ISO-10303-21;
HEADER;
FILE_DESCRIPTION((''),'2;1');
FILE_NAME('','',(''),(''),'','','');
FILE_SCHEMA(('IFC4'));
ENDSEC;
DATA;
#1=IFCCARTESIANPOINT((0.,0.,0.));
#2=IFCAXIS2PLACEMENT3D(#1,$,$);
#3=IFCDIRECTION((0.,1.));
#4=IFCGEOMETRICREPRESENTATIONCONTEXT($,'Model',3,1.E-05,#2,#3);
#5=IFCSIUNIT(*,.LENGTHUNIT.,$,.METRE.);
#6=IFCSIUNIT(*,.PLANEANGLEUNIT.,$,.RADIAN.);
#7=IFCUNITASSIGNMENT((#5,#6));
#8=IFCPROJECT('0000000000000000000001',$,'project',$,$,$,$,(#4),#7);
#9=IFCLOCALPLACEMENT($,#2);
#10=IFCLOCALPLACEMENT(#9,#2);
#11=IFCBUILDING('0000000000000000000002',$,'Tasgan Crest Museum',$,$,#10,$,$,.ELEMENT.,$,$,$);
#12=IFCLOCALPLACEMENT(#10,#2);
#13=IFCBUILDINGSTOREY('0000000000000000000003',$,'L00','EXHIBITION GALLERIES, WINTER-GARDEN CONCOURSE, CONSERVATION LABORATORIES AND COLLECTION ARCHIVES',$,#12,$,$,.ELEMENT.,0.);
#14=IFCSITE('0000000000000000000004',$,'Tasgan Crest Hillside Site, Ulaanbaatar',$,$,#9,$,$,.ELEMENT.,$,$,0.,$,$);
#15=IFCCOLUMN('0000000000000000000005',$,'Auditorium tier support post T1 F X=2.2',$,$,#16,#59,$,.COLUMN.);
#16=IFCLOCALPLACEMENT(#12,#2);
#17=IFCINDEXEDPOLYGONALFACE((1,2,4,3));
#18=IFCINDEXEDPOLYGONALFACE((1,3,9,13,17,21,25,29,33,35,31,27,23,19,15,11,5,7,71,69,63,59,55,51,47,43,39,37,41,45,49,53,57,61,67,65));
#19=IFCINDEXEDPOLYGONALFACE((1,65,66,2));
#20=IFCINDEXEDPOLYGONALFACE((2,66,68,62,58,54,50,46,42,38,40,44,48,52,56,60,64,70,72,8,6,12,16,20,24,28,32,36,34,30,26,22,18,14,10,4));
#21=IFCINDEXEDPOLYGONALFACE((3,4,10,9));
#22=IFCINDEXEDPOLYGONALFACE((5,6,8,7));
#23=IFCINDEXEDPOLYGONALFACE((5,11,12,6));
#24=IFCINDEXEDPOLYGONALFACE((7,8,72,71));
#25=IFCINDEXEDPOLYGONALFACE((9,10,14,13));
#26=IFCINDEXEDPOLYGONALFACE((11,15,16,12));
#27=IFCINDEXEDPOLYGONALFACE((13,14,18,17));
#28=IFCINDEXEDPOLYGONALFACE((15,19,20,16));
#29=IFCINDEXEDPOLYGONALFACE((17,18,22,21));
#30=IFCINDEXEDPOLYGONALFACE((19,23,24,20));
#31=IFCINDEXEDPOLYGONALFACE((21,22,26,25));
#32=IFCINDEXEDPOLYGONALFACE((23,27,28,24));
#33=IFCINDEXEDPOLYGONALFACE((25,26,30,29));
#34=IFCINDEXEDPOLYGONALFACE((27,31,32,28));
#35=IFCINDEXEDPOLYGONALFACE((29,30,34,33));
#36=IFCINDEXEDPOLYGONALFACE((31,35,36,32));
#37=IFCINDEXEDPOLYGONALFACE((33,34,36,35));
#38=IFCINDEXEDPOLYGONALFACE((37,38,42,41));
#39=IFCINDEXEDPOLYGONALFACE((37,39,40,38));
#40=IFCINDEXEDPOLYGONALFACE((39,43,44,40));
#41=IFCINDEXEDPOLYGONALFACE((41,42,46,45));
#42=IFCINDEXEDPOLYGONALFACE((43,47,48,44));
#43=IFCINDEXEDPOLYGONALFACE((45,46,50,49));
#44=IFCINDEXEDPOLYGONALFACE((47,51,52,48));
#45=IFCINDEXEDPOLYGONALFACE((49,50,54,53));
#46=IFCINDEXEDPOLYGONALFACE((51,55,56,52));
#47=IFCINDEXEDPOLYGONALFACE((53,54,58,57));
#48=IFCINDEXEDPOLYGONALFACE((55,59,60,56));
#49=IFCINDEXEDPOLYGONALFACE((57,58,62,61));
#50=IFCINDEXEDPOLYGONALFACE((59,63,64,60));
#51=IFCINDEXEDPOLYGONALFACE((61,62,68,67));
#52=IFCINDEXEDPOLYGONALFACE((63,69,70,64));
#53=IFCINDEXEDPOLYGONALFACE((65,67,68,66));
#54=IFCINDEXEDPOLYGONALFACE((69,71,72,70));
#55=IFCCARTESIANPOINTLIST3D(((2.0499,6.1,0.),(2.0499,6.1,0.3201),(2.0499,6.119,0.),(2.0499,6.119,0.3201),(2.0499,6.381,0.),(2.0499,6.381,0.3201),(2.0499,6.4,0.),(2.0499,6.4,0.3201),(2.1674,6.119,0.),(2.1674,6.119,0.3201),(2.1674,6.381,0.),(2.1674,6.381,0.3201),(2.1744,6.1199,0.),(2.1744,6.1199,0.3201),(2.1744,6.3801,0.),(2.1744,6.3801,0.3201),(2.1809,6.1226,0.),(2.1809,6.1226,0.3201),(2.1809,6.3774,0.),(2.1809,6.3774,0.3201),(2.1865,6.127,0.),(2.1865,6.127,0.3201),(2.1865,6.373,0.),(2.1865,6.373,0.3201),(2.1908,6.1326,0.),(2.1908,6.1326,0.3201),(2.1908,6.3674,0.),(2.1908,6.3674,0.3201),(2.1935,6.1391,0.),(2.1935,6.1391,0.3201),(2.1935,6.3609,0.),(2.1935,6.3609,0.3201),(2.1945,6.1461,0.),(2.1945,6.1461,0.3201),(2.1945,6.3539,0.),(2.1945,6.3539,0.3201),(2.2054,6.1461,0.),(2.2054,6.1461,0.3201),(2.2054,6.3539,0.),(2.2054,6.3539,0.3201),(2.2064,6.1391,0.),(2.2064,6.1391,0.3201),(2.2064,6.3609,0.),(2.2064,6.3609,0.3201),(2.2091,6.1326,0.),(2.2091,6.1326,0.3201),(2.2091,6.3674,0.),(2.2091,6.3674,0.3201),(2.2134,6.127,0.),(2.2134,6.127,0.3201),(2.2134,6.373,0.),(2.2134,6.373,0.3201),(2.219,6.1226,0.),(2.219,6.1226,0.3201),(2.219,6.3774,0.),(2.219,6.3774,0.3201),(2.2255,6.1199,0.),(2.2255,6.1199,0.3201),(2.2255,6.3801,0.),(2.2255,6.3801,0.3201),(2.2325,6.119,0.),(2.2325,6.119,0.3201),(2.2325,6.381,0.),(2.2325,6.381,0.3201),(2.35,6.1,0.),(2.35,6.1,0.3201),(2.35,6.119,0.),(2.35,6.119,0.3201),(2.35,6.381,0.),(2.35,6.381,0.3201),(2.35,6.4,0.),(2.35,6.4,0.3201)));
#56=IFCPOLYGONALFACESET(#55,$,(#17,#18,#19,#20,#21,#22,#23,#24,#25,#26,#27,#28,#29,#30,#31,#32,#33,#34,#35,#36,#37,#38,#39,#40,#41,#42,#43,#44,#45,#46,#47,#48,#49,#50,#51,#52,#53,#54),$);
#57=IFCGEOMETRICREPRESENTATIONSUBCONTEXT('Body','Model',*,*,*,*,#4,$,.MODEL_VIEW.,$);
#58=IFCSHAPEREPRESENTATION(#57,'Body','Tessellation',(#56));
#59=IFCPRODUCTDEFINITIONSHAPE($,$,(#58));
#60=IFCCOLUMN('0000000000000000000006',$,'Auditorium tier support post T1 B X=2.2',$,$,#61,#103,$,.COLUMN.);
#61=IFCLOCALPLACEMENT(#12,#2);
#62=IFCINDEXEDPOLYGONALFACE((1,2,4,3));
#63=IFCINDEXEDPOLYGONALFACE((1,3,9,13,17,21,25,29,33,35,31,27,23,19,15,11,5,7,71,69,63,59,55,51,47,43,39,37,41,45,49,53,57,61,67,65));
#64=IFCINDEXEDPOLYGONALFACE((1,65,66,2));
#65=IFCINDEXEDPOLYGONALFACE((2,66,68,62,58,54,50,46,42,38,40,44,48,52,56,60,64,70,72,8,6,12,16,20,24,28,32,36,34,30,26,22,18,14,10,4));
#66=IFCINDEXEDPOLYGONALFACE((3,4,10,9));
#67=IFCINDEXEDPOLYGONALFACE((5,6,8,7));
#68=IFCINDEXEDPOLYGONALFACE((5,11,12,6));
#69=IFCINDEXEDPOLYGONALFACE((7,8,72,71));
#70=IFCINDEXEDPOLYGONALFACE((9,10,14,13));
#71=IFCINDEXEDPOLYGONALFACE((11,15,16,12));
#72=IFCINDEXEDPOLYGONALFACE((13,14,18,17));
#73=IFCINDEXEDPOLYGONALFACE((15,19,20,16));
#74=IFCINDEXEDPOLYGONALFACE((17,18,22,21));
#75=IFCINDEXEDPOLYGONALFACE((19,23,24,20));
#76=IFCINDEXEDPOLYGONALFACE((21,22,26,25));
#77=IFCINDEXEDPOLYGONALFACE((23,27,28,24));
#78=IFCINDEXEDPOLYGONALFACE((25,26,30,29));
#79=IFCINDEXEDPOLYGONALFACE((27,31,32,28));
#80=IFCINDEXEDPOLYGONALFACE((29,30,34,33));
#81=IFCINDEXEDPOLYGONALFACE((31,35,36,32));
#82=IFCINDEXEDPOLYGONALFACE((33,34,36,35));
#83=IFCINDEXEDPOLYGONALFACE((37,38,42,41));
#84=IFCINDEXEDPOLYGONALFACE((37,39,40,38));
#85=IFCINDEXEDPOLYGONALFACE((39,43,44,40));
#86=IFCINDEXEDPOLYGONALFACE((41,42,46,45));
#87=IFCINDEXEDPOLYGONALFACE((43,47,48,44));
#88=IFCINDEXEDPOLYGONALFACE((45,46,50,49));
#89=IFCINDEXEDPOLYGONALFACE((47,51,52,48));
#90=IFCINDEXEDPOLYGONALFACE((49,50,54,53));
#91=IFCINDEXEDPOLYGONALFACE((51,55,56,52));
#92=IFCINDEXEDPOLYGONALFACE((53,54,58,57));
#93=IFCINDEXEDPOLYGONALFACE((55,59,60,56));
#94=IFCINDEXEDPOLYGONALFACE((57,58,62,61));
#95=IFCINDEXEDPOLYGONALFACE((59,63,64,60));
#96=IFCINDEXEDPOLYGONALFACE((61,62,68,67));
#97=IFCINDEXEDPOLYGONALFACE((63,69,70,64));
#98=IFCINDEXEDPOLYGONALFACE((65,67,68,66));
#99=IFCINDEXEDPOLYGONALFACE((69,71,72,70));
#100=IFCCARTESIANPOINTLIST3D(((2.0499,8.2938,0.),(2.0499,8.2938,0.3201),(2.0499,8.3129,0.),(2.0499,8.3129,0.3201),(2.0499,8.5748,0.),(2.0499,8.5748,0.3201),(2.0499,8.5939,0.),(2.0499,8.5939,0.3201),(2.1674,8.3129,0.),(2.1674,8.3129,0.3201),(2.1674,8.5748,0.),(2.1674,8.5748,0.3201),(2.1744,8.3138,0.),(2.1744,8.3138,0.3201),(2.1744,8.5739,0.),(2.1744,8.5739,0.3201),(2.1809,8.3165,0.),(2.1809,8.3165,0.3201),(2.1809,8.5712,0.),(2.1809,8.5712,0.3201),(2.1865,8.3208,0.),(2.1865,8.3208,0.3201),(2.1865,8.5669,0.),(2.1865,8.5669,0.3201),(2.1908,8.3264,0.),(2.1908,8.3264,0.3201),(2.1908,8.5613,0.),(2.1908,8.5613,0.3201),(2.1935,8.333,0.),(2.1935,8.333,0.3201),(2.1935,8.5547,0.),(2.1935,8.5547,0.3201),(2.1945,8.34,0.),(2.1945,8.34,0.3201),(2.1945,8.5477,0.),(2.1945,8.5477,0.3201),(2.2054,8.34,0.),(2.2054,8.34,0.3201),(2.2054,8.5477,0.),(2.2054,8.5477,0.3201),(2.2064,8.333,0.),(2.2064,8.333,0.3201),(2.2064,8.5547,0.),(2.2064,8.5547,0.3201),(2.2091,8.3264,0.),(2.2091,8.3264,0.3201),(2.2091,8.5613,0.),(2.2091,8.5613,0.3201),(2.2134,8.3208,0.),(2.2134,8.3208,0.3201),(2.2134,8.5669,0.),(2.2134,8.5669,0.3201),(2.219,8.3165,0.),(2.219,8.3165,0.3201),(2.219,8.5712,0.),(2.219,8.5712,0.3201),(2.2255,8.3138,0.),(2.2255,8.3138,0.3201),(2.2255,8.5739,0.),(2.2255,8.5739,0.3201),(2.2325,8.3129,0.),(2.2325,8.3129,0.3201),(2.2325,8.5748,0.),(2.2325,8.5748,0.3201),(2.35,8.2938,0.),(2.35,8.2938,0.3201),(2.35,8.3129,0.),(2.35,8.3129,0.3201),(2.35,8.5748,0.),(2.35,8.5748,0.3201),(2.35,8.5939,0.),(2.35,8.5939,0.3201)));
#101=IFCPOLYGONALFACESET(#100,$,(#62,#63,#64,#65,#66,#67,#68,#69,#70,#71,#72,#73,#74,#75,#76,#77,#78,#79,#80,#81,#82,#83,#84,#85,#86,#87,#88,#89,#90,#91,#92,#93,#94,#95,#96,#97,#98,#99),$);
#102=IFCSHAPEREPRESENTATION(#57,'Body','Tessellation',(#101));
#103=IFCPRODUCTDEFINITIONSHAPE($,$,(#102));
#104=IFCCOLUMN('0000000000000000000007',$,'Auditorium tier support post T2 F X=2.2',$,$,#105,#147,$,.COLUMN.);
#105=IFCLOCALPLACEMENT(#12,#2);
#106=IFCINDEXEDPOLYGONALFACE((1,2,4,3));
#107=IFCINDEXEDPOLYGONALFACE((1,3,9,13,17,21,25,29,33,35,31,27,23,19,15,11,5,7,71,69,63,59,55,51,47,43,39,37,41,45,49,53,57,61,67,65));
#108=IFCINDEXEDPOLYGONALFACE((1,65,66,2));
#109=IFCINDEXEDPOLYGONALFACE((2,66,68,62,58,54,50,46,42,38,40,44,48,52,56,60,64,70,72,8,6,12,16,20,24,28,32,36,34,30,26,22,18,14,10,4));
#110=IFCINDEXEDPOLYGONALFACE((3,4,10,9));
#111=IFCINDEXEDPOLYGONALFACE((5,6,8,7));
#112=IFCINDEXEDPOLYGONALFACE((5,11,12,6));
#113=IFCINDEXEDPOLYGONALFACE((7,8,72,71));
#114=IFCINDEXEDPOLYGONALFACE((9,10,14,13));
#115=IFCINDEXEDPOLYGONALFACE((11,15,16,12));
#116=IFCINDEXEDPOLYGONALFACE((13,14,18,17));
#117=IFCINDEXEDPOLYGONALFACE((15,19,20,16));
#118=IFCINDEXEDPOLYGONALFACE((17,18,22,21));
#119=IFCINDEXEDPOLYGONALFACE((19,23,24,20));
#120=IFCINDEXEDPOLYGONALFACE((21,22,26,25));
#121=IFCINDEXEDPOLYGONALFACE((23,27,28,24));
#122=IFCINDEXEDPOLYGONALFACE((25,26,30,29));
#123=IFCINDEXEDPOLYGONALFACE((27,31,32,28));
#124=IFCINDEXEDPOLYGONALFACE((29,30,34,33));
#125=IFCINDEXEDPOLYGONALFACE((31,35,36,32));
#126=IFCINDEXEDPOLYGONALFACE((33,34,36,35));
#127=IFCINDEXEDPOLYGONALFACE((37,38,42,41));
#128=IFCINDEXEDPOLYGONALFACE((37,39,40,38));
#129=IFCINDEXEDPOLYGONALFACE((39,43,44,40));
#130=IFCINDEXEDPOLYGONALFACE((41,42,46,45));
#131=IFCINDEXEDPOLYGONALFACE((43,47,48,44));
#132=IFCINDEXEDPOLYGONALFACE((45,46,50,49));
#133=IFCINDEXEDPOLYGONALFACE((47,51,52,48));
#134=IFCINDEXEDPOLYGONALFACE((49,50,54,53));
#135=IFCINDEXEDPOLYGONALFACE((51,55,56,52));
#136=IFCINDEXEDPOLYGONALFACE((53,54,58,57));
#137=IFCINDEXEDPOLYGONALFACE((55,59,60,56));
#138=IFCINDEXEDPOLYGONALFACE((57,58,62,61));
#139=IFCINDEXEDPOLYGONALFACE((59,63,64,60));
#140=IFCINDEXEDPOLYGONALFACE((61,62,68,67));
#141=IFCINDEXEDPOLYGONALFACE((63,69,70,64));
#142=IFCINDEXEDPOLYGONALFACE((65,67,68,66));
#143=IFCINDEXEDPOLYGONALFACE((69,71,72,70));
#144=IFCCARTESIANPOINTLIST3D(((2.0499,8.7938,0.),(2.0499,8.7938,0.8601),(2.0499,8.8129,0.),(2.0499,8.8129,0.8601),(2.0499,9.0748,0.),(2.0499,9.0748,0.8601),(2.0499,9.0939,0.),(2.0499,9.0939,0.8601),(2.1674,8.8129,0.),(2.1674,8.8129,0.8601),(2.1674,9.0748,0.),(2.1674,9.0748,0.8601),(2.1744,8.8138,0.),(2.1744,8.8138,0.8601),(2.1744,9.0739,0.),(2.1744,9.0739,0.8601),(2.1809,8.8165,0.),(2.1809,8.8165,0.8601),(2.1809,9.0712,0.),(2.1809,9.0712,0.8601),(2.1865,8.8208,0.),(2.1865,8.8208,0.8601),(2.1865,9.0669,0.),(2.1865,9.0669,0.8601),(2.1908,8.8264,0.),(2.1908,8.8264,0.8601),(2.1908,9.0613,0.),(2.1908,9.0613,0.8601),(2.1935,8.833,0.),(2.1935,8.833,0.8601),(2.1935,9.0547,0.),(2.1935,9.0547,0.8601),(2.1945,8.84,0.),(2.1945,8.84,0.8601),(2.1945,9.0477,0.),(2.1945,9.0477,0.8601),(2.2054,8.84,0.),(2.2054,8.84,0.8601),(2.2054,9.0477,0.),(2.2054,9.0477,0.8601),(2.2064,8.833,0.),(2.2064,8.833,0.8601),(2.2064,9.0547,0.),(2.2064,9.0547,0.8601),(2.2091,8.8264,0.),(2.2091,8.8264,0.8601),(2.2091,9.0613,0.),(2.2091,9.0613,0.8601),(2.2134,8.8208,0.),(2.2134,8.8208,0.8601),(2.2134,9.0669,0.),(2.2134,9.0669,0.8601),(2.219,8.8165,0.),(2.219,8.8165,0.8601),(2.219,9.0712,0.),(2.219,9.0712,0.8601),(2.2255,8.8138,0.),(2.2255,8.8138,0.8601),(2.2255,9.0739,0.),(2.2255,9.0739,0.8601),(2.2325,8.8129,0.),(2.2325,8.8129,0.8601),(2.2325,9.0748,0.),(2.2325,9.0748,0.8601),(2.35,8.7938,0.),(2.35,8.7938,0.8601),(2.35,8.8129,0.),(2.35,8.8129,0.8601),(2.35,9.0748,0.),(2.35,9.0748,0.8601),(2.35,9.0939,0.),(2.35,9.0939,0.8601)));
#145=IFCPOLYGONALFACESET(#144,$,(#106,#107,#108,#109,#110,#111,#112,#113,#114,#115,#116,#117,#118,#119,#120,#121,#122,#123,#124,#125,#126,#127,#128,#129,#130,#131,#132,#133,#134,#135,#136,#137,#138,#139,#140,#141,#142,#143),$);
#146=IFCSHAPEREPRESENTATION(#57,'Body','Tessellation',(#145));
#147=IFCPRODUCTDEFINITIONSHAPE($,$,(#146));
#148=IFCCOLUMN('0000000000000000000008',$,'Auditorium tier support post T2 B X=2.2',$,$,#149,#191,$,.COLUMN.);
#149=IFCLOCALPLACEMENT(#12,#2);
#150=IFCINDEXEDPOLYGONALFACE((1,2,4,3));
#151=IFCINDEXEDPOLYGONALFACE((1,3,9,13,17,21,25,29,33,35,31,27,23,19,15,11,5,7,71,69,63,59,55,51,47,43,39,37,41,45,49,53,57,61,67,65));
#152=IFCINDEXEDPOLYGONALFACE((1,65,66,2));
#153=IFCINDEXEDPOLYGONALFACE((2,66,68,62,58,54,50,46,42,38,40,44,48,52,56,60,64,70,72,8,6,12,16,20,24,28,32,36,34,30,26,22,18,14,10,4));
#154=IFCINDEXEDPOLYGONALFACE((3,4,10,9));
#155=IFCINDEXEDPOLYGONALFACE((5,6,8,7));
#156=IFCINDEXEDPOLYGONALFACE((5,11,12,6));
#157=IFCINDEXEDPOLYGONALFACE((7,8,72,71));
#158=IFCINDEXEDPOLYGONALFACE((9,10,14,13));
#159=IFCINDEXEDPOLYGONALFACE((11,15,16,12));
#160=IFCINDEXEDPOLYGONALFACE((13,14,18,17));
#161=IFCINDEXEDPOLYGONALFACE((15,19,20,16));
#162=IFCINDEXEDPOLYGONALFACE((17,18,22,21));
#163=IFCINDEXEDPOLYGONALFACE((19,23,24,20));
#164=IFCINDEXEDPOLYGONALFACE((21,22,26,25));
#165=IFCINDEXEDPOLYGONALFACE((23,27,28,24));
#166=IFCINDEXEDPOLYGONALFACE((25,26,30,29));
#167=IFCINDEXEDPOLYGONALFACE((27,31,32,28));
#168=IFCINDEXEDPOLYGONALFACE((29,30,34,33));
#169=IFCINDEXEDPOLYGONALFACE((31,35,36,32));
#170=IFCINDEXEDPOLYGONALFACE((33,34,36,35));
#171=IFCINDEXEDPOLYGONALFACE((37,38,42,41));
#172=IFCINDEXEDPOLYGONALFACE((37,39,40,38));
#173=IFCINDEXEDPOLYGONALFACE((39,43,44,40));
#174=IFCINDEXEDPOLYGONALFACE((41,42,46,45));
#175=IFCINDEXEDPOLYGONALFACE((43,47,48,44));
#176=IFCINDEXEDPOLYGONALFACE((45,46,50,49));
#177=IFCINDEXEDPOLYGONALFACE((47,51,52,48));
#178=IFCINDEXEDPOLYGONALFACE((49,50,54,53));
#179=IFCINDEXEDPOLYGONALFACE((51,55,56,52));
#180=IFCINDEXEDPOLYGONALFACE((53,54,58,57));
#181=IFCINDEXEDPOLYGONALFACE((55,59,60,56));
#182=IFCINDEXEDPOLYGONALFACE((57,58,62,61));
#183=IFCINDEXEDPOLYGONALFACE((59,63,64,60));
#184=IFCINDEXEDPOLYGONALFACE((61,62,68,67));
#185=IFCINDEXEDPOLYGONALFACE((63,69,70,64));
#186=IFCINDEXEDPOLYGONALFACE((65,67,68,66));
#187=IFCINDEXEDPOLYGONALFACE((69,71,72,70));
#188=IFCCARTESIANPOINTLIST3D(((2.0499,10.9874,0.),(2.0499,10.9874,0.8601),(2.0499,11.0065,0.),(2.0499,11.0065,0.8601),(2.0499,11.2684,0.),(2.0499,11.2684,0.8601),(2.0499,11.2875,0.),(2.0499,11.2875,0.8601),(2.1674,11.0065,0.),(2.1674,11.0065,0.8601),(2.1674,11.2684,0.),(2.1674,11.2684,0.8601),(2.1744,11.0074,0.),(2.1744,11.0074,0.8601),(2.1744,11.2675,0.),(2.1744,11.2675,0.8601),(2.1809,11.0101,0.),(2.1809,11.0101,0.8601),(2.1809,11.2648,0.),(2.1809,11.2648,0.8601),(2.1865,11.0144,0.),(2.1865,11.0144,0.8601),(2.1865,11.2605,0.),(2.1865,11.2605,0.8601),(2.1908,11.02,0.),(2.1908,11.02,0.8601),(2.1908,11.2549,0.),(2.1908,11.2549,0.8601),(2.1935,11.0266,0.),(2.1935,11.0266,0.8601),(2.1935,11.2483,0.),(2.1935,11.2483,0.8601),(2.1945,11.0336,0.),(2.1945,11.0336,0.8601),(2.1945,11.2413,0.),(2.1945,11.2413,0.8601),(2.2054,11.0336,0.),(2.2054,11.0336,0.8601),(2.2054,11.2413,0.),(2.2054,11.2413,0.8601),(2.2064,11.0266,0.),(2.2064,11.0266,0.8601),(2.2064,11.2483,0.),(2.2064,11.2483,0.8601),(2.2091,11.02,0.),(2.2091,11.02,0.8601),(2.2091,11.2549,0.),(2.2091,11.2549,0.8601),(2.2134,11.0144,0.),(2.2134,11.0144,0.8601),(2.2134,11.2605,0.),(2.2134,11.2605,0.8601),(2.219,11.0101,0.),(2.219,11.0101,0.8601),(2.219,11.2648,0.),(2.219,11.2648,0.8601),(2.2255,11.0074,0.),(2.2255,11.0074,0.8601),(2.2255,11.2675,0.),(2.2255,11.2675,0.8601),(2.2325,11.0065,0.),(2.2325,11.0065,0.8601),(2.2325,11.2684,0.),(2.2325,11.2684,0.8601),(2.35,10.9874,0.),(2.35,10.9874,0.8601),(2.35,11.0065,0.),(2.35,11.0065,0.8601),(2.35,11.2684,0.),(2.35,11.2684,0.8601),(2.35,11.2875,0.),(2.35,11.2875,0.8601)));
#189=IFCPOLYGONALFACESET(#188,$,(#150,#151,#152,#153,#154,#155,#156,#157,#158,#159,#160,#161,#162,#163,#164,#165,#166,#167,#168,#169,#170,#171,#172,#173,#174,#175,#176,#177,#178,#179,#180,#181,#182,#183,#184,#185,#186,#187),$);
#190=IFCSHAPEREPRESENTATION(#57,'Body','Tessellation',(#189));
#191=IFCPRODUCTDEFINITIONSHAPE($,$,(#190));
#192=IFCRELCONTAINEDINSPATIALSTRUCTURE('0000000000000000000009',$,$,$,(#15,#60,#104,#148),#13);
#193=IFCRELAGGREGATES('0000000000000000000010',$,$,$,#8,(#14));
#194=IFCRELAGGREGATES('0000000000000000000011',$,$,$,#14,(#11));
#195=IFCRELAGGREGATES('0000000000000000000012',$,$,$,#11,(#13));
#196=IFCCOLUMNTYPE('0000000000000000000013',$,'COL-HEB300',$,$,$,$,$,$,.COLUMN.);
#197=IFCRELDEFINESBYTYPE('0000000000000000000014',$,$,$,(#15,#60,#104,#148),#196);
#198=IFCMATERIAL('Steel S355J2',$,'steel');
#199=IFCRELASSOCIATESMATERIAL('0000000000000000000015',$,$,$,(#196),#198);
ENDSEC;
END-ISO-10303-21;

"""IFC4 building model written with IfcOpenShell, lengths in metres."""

from ifc_helpers import new_model, si_unit, direction, frame, origin, origin_2d, place, context, subcontext, project, spatial, i_section, extrude, material, material_profile, profile_set, type_object, element, save


model = new_model("IFC4")

# Units and contexts
model_context = context("Model", 3, precision=1e-05, world=origin(), true_north=direction((0.0, 1.0)))
body_context = subcontext(model_context, "Body", "Model", "MODEL_VIEW")
ifc_project = project(units=[si_unit("LENGTHUNIT", "METRE"), si_unit("PLANEANGLEUNIT", "RADIAN")], contexts=[model_context])

# Site, building, storey
site_placement = place(None, origin())
site = spatial("IfcSite", under=ifc_project, at=site_placement, Name="Tasgan Crest Hillside Site, Ulaanbaatar", CompositionType="ELEMENT", RefElevation=0.0)
building_placement = place(site_placement, origin())
building = spatial("IfcBuilding", under=site, at=building_placement, Name="Tasgan Crest Museum", CompositionType="ELEMENT")
storey_placement = place(building_placement, origin())
storey = spatial("IfcBuildingStorey", under=building, at=storey_placement, Name="L00", Description="EXHIBITION GALLERIES, WINTER-GARDEN CONCOURSE, CONSERVATION LABORATORIES AND COLLECTION ARCHIVES", CompositionType="ELEMENT", Elevation=0.0)

# Columns
ifc_material_1 = material(Name="Steel S355J2", Category="steel")
ifc_material_profile_1 = material_profile(ifc_material_1, i_section(OverallWidth=0.3, OverallDepth=0.3, WebThickness=0.011, FlangeThickness=0.019, FilletRadius=0.0271, at=origin_2d()), Name="HEB 300")
ifc_profile_set_1 = profile_set([ifc_material_profile_1], Name="Steel S355J2")
column_type_1 = type_object("IfcColumnType", Name="COL-HEB300", PredefinedType="COLUMN", material=ifc_profile_set_1)
for number, where, z_axis, x_axis, name in (
    (1, (2.2, 6.25, 0.0), (0.0, 0.0, 1.0), (1.0, 0.0, 0.0), "Auditorium tier support post T1 F X=2.2"),
    (2, (2.2, 8.4438, 0.0), (0.0, 0.0, 1.0), (1.0, 0.0, 0.0), "Auditorium tier support post T1 B X=2.2"),
):
    element("IfcColumn", number, at=place(storey_placement, frame(where, z_axis=z_axis, x_axis=x_axis)), inside=storey, type_object=column_type_1, Name=name, PredefinedType="COLUMN", context=body_context, shape_type="SweptSolid", body=[
        extrude(i_section(OverallWidth=0.3, OverallDepth=0.3, WebThickness=0.011, FlangeThickness=0.019, FilletRadius=0.0271, at=origin_2d()), origin(), (0.0, 0.0, 1.0), 0.3201),
    ])
for number, where, z_axis, x_axis, name in (
    (3, (2.2, 8.9438, 0.0), (0.0, 0.0, 1.0), (1.0, 0.0, 0.0), "Auditorium tier support post T2 F X=2.2"),
    (4, (2.2, 11.1375, 0.0), (0.0, 0.0, 1.0), (1.0, 0.0, 0.0), "Auditorium tier support post T2 B X=2.2"),
):
    element("IfcColumn", number, at=place(storey_placement, frame(where, z_axis=z_axis, x_axis=x_axis)), inside=storey, type_object=column_type_1, Name=name, PredefinedType="COLUMN", context=body_context, shape_type="SweptSolid", body=[
        extrude(i_section(OverallWidth=0.3, OverallDepth=0.3, WebThickness=0.011, FlangeThickness=0.019, FilletRadius=0.0271, at=origin_2d()), origin(), (0.0, 0.0, 1.0), 0.8601),
    ])

save(model, "model.ifc")
